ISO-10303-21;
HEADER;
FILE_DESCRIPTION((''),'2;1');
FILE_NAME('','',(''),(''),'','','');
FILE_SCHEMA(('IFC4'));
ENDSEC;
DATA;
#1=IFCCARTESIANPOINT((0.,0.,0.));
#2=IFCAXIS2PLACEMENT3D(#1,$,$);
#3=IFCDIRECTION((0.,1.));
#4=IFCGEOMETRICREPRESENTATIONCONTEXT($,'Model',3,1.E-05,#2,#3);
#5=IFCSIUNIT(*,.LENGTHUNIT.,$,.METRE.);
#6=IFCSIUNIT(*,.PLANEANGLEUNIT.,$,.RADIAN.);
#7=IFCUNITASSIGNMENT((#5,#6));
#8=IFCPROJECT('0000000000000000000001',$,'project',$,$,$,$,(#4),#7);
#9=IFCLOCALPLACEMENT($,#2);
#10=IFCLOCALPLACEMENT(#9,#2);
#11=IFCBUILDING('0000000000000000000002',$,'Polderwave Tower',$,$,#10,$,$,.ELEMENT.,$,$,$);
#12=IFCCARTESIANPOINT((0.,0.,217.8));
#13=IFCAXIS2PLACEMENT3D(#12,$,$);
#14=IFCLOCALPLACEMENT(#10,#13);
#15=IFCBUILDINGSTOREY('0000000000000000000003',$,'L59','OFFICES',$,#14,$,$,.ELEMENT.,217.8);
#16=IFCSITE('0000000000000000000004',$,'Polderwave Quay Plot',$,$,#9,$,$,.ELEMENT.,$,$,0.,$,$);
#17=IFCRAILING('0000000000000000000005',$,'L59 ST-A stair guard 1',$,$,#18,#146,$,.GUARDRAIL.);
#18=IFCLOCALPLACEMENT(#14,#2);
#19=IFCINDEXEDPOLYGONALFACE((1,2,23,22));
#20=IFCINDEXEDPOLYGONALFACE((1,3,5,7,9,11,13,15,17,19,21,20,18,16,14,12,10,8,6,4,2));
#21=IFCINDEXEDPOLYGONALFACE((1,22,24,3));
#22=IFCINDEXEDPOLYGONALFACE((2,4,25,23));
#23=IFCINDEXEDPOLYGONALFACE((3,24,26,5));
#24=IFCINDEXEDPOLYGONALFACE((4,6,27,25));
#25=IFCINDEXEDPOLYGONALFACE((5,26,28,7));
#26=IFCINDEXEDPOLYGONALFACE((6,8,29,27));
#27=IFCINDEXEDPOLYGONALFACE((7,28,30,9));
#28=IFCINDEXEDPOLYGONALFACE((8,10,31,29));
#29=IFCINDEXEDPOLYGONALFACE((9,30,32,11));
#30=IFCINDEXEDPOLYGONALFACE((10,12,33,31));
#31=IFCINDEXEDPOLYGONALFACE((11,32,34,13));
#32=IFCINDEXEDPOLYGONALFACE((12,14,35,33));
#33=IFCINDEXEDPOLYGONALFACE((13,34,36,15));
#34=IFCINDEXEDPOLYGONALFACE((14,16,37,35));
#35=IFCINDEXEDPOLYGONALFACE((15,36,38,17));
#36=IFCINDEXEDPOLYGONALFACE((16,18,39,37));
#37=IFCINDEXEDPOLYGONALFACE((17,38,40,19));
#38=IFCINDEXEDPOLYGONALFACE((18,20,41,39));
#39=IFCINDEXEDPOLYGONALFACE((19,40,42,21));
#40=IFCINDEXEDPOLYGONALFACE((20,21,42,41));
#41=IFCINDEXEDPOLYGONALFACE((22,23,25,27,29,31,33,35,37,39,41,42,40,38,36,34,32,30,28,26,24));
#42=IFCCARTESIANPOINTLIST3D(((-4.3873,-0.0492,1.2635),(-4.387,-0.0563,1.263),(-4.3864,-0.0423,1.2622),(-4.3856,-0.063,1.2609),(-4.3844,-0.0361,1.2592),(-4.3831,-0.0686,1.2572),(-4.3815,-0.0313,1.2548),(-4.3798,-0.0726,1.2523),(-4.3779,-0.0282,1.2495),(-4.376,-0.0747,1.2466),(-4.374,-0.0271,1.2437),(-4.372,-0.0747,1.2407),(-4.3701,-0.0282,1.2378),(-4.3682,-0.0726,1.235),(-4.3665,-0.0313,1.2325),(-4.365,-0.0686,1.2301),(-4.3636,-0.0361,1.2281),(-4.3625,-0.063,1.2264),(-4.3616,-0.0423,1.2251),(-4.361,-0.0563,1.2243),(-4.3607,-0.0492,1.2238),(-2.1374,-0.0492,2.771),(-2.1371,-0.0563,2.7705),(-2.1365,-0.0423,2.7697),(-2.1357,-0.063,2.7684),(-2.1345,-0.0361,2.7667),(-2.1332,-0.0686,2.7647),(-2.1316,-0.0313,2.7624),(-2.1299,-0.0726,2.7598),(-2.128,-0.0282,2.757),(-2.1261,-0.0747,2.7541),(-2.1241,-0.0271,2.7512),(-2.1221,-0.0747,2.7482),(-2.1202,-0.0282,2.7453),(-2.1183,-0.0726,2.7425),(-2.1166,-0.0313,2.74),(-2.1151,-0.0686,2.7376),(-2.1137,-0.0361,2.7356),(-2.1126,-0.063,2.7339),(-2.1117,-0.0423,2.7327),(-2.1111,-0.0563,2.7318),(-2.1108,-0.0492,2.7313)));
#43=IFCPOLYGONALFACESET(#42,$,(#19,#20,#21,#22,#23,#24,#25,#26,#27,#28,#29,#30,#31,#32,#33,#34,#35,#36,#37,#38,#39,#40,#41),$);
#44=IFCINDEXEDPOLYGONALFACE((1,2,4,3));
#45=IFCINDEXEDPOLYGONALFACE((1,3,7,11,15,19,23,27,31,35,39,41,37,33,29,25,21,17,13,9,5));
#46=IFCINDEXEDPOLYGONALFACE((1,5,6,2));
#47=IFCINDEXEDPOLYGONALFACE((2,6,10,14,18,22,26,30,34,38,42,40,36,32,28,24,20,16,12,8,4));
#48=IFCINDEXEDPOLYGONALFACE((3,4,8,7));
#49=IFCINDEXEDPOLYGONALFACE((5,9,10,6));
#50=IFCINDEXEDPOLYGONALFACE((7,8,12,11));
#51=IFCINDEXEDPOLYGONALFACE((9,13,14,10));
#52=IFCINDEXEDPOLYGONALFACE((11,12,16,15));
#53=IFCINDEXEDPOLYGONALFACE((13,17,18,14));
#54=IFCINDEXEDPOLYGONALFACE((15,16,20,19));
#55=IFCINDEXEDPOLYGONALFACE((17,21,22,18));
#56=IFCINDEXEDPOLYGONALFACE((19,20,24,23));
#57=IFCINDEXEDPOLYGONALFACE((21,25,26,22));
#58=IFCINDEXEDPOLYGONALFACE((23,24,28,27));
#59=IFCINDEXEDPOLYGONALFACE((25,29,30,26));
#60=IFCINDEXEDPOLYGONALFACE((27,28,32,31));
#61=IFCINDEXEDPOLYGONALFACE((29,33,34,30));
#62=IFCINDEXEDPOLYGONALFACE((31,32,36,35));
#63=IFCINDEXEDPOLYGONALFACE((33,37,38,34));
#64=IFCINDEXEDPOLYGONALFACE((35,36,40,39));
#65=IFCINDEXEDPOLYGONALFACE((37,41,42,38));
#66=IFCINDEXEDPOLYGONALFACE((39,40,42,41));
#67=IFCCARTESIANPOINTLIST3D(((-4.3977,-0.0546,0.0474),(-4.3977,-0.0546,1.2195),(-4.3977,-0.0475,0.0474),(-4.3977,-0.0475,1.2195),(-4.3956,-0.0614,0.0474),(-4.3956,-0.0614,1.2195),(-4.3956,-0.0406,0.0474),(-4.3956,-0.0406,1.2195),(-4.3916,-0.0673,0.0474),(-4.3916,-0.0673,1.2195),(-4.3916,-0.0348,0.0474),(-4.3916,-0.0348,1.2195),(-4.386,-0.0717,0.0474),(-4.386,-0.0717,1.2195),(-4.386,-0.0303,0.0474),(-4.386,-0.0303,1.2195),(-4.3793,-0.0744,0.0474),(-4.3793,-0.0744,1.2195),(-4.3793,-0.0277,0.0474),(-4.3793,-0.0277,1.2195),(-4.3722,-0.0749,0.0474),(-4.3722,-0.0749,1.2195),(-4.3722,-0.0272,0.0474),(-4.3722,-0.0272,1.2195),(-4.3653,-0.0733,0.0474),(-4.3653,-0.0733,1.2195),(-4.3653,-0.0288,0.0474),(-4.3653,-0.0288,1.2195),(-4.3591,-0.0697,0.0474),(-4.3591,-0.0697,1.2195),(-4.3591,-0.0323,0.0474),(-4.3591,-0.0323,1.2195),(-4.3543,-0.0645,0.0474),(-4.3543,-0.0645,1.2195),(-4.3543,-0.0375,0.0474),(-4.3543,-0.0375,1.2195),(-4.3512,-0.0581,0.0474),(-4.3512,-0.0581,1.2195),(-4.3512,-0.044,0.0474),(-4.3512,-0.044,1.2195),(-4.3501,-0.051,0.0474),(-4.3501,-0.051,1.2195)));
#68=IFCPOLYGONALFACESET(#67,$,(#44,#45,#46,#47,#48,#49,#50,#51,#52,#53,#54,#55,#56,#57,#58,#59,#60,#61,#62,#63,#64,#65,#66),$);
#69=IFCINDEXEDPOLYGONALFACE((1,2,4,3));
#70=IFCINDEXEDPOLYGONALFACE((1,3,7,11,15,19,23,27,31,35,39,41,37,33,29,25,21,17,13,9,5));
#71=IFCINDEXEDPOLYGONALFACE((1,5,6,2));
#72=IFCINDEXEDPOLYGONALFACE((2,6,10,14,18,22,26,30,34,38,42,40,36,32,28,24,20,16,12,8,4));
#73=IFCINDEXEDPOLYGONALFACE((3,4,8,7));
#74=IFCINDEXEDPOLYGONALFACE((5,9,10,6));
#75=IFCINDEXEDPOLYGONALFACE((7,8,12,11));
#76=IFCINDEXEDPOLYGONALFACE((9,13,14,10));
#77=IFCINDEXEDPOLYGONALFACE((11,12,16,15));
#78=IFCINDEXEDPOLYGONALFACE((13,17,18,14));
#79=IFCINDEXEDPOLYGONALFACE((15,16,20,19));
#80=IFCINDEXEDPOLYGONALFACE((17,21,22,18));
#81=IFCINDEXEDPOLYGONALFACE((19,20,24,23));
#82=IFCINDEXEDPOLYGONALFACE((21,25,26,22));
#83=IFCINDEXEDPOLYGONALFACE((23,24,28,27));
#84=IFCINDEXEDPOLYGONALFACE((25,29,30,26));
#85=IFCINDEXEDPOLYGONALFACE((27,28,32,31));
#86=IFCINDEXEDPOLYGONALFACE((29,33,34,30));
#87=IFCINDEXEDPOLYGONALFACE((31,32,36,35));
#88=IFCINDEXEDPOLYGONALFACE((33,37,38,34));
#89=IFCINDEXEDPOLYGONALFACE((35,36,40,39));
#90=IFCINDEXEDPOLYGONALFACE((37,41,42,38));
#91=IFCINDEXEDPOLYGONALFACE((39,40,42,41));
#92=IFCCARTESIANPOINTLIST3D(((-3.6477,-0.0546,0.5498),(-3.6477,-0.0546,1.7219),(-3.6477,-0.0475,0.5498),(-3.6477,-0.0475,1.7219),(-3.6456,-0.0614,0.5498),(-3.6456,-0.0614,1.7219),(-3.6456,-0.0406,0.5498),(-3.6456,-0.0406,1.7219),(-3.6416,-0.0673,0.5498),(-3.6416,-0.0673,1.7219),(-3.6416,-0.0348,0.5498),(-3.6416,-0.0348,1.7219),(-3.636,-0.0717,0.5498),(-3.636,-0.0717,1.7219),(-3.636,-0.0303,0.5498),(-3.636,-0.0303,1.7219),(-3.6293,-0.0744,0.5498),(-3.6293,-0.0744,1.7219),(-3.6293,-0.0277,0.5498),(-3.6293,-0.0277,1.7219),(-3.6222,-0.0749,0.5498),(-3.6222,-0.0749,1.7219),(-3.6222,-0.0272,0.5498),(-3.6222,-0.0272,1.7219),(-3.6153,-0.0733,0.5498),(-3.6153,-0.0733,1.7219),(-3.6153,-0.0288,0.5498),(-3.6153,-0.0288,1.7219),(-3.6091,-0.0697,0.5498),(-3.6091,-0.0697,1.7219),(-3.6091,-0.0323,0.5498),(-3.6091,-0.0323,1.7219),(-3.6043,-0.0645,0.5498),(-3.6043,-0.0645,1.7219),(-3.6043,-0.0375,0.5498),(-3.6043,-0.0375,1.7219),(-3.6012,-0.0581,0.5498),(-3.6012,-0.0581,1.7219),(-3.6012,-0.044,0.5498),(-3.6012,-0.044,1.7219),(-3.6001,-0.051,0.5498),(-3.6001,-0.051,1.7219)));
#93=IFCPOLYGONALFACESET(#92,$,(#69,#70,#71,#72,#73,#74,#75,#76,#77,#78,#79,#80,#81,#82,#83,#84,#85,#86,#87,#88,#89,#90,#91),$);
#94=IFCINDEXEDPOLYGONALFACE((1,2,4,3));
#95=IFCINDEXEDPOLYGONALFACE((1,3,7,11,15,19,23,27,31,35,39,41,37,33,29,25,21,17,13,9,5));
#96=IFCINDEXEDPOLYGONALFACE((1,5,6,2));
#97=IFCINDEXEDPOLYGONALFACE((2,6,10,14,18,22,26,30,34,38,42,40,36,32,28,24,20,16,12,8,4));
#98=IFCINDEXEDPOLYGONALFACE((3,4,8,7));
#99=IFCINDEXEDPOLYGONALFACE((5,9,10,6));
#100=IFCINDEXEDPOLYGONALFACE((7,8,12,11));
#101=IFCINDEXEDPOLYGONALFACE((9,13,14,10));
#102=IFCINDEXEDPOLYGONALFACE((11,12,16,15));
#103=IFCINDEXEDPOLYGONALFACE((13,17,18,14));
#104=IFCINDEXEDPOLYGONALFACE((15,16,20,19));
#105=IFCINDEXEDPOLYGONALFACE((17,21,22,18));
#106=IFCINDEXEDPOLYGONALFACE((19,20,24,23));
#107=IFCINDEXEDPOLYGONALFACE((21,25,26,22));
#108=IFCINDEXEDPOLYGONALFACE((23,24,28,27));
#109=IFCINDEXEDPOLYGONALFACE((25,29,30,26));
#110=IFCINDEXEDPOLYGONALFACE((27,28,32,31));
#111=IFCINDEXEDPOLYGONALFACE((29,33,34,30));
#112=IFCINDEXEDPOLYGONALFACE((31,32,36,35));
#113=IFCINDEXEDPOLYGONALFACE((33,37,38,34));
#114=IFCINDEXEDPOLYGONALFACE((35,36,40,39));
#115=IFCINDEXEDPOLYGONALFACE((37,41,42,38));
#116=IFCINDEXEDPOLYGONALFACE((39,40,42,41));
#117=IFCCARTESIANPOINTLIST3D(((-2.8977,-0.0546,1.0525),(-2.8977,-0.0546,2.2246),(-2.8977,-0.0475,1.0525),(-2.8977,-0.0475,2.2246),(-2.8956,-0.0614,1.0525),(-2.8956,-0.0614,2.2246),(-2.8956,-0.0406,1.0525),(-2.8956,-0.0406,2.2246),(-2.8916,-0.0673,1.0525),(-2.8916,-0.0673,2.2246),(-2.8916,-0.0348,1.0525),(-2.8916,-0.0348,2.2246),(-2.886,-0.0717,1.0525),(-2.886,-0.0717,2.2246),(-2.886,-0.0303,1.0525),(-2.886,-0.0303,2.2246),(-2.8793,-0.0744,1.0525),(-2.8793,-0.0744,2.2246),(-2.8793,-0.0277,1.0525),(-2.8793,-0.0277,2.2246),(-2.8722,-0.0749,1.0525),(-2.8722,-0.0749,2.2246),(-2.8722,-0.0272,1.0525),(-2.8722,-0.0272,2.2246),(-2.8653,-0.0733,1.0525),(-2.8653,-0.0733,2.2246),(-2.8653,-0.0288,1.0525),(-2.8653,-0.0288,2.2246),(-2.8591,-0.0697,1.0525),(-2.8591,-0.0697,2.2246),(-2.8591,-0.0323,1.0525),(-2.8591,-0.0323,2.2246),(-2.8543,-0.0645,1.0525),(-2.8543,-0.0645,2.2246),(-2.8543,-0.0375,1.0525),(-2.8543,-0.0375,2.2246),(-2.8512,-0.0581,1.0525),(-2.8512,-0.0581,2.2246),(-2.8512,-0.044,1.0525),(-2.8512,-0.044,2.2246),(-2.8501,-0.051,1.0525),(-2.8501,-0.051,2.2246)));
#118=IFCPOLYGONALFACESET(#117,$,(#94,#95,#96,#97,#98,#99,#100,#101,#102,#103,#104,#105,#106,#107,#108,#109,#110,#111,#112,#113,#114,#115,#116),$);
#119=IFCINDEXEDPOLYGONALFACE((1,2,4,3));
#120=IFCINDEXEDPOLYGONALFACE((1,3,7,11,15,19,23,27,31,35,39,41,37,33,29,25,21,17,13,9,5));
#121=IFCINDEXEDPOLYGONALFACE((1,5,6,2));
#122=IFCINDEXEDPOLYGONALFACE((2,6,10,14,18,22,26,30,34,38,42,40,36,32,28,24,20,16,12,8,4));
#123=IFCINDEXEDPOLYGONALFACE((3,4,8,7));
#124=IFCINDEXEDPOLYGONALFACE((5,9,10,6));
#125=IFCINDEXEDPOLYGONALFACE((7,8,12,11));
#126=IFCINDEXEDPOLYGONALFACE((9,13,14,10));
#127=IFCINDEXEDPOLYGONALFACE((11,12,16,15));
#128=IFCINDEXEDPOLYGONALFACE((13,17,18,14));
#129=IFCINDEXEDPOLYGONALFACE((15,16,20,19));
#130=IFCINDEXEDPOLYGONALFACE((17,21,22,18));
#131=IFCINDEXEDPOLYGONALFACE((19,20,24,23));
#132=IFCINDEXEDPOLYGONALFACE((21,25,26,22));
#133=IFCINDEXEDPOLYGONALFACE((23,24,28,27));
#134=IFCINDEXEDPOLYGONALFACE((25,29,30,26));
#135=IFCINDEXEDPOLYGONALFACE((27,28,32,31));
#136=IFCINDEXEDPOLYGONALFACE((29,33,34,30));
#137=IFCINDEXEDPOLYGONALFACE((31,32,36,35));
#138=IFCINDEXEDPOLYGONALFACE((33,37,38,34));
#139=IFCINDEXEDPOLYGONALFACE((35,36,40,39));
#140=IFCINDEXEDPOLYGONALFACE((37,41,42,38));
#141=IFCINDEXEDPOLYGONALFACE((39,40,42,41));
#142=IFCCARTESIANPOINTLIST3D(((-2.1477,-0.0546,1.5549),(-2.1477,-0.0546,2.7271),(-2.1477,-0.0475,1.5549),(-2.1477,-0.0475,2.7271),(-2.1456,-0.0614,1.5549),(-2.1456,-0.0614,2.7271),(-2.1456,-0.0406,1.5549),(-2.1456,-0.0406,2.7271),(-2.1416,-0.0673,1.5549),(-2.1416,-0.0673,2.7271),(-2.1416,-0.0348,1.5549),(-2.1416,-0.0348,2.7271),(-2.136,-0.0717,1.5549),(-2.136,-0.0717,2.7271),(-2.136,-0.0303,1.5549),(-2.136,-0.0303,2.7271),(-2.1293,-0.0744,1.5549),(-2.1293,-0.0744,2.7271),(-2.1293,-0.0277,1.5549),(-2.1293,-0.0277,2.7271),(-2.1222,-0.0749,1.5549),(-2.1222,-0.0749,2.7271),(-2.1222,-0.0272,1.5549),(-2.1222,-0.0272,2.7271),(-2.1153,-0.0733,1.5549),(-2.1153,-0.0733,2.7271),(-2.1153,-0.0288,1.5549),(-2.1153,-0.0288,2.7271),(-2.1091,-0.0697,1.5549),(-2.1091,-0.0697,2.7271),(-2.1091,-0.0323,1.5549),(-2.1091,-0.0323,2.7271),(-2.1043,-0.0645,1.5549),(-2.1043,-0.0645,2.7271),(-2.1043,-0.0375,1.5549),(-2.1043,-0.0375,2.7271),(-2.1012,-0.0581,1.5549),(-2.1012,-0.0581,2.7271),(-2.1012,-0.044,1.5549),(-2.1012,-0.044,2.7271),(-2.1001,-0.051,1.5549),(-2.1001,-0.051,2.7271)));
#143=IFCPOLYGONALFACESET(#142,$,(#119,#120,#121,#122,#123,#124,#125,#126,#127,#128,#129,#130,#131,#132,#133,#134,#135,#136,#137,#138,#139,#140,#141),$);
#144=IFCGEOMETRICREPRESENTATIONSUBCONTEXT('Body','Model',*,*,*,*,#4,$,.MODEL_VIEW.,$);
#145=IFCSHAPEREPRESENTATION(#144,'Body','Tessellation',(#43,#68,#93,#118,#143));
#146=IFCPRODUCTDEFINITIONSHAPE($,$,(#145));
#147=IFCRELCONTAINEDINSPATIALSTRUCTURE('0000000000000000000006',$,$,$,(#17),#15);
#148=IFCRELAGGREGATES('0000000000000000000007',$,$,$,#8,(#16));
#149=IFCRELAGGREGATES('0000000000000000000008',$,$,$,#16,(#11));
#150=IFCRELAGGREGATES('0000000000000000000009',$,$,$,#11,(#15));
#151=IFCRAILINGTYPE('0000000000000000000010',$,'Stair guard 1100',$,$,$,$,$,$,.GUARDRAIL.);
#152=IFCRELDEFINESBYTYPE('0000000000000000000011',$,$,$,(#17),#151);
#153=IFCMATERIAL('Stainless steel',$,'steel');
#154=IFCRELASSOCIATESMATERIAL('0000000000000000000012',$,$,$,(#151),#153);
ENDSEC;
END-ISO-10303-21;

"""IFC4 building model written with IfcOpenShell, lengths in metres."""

from ifc_helpers import new_model, si_unit, direction, frame, origin, origin_2d, place, context, subcontext, project, spatial, circle, extrude, material, type_object, element, save


model = new_model("IFC4")

# Units and contexts
model_context = context("Model", 3, precision=1e-05, world=origin(), true_north=direction((0.0, 1.0)))
body_context = subcontext(model_context, "Body", "Model", "MODEL_VIEW")
ifc_project = project(units=[si_unit("LENGTHUNIT", "METRE"), si_unit("PLANEANGLEUNIT", "RADIAN")], contexts=[model_context])

# Site, building, storey
site_placement = place(None, origin())
site = spatial("IfcSite", under=ifc_project, at=site_placement, Name="Polderwave Quay Plot", CompositionType="ELEMENT", RefElevation=0.0)
building_placement = place(site_placement, origin())
building = spatial("IfcBuilding", under=site, at=building_placement, Name="Polderwave Tower", CompositionType="ELEMENT")
storey_placement = place(building_placement, frame((0.0, 0.0, 217.8)))
storey = spatial("IfcBuildingStorey", under=building, at=storey_placement, Name="L59", Description="OFFICES", CompositionType="ELEMENT", Elevation=217.8)

# Shared definitions
ifc_material_1 = material(Name="Stainless steel", Category="steel")

# Railing
railing_type_1 = type_object("IfcRailingType", Name="Stair guard 1100", PredefinedType="GUARDRAIL", material=ifc_material_1)
railing_1_placement = place(storey_placement, frame((-4.374, -0.051, 0.0474)))
element("IfcRailing", 1, at=railing_1_placement, inside=storey, type_object=railing_type_1, Name="L59 ST-A stair guard 1", PredefinedType="GUARDRAIL", context=body_context, shape_type="SweptSolid", body=[
    extrude(circle(Radius=0.0239, at=origin_2d()), frame((0.0, 0.0, 1.1963), z_axis=(0.830758, 0.0, 0.556633), x_axis=(0.0, 1.0, 0.0)), (0.0, 0.0, 1.0), 2.7083),
    extrude(circle(Radius=0.0239, at=origin_2d()), origin(), (0.0, 0.0, 1.0), 1.1721),
    extrude(circle(Radius=0.0239, at=origin_2d()), frame((0.75, 0.0, 0.5024)), (0.0, 0.0, 1.0), 1.1721),
    extrude(circle(Radius=0.0239, at=origin_2d()), frame((1.5, 0.0, 1.0051)), (0.0, 0.0, 1.0), 1.1721),
    extrude(circle(Radius=0.0239, at=origin_2d()), frame((2.25, 0.0, 1.5076)), (0.0, 0.0, 1.0), 1.1721),
])

save(model, "model.ifc")
